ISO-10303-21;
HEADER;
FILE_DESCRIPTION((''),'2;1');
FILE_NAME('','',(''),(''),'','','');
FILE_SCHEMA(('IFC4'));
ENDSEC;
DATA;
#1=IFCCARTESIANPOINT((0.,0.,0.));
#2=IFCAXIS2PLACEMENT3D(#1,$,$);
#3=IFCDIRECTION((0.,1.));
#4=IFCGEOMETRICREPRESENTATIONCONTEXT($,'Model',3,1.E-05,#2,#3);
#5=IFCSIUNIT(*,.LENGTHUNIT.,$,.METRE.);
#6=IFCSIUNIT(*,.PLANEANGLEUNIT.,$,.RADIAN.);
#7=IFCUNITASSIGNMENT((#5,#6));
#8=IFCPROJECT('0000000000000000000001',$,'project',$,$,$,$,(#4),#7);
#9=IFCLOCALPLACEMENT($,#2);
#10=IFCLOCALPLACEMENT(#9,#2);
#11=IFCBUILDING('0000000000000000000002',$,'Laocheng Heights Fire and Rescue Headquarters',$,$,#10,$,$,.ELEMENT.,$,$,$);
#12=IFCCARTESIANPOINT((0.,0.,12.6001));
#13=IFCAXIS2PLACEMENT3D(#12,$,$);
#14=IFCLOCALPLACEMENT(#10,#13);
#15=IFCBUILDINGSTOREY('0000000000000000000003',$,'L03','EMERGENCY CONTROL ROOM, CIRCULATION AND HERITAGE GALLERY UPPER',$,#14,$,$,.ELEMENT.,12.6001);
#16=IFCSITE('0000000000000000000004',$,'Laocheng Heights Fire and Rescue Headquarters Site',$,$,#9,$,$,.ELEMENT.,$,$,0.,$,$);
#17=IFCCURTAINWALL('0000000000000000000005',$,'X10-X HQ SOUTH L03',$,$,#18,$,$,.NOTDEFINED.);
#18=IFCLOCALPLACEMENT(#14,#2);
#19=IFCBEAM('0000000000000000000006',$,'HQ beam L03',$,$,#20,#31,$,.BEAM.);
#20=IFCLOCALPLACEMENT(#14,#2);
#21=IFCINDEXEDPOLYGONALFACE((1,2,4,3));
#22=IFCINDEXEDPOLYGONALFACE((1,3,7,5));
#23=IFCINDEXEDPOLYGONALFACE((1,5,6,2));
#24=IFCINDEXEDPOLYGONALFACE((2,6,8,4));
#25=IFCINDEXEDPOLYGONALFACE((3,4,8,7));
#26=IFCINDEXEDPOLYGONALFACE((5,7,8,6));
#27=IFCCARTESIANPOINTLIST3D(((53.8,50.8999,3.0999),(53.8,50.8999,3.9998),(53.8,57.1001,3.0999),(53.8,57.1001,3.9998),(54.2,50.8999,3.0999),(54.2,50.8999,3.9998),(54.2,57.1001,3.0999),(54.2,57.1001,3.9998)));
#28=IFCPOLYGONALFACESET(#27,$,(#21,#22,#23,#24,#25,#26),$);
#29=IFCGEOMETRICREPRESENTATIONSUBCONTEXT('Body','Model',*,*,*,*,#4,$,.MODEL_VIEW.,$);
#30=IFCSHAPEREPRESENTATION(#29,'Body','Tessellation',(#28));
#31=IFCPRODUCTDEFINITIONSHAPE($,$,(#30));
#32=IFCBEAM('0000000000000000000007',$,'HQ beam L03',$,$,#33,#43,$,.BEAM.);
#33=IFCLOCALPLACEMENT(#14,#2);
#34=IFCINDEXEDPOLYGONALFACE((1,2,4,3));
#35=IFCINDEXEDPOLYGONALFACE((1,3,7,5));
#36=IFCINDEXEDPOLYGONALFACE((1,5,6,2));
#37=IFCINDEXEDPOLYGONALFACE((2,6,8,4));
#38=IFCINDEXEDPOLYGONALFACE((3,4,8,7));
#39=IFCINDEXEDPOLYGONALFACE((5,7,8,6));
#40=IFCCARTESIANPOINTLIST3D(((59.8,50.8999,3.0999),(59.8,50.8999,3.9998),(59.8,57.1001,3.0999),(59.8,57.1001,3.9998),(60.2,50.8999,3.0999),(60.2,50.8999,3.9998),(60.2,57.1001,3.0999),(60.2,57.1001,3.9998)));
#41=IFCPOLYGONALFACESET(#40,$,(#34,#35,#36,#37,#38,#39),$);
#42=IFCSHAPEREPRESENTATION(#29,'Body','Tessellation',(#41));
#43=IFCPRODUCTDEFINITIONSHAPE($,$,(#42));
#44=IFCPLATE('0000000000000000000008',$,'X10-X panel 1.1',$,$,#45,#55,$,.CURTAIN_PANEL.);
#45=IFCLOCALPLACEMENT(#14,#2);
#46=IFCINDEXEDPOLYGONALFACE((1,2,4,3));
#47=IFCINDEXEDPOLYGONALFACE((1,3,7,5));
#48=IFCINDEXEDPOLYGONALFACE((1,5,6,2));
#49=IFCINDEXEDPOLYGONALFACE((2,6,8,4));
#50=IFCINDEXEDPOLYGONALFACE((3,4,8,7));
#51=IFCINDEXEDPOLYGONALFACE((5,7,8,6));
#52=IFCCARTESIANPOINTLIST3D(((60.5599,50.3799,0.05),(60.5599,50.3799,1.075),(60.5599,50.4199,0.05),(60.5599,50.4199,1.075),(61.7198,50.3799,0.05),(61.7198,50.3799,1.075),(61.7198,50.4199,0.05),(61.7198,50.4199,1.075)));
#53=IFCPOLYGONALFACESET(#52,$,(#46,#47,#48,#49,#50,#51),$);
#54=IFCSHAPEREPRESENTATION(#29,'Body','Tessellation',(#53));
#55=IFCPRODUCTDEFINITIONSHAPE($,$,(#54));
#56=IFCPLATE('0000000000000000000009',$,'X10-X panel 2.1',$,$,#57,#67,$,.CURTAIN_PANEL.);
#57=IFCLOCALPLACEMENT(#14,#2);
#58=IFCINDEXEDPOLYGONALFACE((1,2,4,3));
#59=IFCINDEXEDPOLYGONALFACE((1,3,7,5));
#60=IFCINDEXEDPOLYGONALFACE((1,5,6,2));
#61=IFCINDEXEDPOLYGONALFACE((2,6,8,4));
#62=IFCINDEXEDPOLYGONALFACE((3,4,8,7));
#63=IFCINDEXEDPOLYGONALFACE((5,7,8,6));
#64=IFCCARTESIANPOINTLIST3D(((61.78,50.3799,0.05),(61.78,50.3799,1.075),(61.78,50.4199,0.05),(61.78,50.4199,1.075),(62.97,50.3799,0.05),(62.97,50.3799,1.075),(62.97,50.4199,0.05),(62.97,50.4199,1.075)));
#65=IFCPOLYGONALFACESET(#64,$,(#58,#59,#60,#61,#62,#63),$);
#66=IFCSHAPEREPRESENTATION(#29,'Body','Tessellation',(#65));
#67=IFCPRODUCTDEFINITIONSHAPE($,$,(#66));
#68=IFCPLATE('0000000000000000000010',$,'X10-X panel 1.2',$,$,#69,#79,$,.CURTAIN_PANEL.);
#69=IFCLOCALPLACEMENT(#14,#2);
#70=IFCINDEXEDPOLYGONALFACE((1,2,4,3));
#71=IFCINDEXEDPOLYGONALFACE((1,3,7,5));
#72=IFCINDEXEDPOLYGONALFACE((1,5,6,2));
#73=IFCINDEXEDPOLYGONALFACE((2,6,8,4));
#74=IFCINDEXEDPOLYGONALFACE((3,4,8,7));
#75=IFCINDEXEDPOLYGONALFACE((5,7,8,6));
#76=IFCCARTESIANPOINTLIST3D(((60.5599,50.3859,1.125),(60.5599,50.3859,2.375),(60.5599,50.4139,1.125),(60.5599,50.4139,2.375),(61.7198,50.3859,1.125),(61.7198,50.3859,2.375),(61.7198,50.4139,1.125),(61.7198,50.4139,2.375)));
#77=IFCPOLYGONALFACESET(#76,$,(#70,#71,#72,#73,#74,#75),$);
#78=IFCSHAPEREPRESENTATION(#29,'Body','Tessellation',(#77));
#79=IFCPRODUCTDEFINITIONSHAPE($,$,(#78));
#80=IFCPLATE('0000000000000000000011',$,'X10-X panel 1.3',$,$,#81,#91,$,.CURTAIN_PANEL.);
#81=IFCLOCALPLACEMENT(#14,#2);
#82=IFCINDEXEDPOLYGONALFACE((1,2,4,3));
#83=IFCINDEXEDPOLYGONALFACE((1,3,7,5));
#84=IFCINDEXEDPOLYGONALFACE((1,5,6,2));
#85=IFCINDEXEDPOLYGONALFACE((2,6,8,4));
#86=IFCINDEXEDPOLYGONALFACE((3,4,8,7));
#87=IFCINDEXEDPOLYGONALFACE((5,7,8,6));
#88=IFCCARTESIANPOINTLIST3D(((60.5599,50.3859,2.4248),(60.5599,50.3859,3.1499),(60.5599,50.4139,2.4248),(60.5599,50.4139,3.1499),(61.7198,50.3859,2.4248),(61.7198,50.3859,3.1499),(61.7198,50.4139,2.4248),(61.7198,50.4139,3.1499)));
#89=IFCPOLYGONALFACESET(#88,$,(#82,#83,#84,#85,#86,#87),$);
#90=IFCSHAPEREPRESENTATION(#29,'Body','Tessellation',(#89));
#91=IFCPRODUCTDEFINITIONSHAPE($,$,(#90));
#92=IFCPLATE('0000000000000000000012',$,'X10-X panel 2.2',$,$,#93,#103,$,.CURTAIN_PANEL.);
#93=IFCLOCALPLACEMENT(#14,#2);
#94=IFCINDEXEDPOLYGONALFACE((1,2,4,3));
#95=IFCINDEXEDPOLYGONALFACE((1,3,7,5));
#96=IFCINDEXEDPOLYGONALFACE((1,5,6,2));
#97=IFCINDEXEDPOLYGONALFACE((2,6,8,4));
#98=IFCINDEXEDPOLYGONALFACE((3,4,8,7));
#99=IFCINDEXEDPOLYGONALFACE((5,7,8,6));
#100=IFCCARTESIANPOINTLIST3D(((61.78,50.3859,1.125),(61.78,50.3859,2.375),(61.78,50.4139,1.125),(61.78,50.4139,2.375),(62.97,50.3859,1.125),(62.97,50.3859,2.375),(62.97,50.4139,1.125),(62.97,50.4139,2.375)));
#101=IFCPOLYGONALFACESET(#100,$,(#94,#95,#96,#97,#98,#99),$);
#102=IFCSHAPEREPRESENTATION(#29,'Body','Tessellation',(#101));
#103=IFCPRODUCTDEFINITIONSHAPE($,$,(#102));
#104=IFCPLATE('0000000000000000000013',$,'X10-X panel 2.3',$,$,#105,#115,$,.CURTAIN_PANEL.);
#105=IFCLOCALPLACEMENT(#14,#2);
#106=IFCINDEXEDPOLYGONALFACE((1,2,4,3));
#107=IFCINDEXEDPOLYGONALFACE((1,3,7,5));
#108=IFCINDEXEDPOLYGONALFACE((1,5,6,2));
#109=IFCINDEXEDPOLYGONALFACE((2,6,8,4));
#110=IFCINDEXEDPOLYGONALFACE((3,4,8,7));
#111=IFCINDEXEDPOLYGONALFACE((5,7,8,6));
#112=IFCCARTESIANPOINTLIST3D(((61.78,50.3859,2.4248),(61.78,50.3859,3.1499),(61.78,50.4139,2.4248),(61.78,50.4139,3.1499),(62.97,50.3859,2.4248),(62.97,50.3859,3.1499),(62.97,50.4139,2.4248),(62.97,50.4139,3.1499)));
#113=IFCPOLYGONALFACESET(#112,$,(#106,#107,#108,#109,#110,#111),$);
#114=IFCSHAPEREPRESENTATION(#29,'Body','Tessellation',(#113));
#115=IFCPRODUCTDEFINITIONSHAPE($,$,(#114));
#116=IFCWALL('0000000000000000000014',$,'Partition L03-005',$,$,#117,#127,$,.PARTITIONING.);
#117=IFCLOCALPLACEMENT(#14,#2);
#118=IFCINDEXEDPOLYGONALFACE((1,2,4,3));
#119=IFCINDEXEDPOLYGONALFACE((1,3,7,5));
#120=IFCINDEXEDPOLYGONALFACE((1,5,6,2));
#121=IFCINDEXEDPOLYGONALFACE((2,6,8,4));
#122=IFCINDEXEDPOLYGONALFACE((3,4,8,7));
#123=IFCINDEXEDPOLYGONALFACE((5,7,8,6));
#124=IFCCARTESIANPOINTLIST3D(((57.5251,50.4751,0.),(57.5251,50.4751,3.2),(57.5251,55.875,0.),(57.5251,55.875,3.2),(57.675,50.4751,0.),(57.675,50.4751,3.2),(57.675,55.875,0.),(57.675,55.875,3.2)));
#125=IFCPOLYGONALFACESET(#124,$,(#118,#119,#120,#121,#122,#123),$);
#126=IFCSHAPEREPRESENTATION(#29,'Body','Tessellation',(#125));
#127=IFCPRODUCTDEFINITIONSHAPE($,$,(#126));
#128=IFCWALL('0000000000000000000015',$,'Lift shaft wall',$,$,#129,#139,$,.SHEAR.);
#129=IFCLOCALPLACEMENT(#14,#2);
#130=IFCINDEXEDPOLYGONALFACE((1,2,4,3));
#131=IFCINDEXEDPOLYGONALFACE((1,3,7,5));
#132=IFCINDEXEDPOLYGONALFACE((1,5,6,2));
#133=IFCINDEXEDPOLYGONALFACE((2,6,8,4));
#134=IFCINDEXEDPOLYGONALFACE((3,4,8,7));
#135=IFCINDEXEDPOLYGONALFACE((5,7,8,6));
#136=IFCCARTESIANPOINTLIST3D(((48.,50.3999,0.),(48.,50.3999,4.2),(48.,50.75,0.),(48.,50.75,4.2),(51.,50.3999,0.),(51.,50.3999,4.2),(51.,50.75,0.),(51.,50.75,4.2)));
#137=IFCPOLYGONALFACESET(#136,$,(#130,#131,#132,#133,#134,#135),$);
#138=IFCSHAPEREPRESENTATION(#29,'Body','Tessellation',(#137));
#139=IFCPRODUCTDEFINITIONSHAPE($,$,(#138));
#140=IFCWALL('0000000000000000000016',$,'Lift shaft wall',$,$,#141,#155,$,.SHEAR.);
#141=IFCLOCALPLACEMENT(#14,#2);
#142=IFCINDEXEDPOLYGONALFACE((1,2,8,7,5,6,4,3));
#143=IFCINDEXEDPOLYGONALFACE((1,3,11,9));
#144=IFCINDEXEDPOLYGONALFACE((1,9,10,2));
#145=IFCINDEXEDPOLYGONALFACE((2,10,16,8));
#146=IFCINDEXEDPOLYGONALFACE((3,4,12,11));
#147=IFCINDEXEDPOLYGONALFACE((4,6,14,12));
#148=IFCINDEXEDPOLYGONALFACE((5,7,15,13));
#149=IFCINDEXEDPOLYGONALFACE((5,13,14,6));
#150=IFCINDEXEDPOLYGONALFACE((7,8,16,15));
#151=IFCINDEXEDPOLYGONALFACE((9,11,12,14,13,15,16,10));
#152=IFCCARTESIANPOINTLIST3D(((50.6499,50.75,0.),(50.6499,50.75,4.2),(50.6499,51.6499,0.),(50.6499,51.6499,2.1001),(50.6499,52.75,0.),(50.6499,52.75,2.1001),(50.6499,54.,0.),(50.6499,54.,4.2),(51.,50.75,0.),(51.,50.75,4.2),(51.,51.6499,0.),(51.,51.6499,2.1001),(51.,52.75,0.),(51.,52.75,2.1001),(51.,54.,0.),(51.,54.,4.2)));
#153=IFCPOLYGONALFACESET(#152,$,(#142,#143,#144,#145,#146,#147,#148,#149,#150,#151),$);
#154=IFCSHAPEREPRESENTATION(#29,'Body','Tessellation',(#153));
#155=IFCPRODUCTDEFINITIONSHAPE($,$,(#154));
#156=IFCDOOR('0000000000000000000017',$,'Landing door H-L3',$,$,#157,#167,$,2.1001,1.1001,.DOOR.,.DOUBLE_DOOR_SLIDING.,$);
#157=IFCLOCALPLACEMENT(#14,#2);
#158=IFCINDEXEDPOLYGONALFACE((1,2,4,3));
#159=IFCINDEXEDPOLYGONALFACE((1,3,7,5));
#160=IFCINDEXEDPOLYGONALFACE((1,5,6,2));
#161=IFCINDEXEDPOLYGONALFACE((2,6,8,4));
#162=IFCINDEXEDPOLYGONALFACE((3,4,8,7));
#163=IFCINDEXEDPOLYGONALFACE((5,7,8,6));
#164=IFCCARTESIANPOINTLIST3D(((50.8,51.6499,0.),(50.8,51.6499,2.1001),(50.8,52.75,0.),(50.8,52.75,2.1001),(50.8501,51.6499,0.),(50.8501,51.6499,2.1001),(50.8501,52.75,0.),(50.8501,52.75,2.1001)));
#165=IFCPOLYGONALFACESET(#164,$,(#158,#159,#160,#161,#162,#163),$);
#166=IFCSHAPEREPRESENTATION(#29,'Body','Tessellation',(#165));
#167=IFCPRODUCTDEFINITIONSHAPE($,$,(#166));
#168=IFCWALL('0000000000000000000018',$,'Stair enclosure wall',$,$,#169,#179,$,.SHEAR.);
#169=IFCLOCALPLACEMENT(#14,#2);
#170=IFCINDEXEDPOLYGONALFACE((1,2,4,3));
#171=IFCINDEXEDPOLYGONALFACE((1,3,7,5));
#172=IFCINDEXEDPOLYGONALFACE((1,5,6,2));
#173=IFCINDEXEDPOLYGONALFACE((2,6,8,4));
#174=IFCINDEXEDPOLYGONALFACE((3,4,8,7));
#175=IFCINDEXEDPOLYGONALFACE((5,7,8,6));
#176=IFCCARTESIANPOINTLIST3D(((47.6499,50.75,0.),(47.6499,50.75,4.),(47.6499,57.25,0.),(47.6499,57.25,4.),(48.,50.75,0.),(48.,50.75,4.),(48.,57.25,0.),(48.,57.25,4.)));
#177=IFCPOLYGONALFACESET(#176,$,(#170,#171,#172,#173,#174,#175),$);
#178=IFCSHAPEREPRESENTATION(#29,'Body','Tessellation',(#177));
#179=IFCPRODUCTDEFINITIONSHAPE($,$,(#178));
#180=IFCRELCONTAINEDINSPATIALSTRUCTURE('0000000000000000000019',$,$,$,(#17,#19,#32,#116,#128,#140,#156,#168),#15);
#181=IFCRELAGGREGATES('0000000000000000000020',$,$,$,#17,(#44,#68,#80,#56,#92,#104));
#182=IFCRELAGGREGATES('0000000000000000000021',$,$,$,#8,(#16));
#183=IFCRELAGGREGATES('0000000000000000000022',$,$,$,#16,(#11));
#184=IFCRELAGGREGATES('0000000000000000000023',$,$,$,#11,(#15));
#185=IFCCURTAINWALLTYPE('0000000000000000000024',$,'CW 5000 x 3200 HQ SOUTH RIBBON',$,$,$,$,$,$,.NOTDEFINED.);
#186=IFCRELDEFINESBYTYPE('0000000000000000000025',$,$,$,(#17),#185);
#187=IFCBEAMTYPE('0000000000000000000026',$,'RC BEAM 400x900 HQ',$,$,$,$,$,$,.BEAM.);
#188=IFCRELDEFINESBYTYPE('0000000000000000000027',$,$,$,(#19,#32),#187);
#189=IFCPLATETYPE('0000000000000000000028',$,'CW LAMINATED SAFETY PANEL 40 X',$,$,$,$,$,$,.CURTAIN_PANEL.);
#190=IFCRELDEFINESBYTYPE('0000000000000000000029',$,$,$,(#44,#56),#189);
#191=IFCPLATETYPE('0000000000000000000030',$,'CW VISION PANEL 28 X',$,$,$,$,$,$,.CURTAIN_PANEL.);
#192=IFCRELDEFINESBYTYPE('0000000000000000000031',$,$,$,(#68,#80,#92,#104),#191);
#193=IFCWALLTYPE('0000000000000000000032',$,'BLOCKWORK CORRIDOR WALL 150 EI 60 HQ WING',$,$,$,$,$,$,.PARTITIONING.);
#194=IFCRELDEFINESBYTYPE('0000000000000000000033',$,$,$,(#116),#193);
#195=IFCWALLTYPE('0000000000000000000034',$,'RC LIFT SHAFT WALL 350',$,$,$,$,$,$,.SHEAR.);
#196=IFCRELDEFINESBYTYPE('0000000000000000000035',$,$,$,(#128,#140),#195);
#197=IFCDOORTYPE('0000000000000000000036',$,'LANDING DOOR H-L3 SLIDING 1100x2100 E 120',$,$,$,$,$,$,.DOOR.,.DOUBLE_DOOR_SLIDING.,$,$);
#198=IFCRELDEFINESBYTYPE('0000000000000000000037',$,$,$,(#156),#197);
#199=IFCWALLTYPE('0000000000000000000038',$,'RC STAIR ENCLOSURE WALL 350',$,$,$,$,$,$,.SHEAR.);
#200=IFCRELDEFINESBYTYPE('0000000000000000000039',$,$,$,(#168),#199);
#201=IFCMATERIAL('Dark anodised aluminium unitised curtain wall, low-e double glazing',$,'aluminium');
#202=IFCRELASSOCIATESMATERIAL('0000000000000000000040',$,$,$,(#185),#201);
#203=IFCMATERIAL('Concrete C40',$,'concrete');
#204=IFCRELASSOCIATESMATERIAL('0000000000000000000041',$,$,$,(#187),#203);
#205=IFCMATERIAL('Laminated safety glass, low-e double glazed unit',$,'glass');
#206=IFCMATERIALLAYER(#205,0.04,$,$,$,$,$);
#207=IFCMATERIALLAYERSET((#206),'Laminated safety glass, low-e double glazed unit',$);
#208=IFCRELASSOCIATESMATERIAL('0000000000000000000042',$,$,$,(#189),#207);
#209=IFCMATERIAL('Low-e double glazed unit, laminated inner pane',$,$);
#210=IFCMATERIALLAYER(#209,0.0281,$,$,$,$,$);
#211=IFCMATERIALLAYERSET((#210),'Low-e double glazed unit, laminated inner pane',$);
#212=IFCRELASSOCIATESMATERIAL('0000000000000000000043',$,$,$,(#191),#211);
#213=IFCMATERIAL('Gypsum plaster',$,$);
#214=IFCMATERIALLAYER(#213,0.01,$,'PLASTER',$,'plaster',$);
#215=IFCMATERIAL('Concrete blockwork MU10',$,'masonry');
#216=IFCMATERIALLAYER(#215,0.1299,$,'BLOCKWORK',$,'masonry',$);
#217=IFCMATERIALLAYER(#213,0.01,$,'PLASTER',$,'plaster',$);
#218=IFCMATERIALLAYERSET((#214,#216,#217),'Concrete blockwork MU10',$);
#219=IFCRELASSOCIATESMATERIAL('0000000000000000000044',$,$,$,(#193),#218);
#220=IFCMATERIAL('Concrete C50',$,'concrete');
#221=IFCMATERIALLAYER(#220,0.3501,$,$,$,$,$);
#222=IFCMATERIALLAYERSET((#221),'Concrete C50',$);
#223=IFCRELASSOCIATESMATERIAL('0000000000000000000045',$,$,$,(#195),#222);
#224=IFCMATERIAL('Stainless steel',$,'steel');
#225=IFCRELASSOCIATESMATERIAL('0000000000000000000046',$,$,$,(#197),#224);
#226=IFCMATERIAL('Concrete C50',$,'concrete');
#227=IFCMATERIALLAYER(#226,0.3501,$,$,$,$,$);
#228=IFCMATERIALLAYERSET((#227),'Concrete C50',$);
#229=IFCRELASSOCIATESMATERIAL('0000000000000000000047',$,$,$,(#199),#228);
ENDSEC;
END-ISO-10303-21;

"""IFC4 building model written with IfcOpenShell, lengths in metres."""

from ifc_helpers import new_model, si_unit, direction, frame, frame_2d, origin, origin_2d, place, context, subcontext, project, spatial, rectangle, extrude, material, layer, layer_set, material_profile, profile_set, type_object, element, fill, aggregate, save


model = new_model("IFC4")

# Units and contexts
model_context = context("Model", 3, precision=1e-05, world=origin(), true_north=direction((0.0, 1.0)))
body_context = subcontext(model_context, "Body", "Model", "MODEL_VIEW")
ifc_project = project(units=[si_unit("LENGTHUNIT", "METRE"), si_unit("PLANEANGLEUNIT", "RADIAN")], contexts=[model_context])

# Site, building, storey
site_placement = place(None, origin())
site = spatial("IfcSite", under=ifc_project, at=site_placement, Name="Laocheng Heights Fire and Rescue Headquarters Site", CompositionType="ELEMENT", RefElevation=0.0)
building_placement = place(site_placement, origin())
building = spatial("IfcBuilding", under=site, at=building_placement, Name="Laocheng Heights Fire and Rescue Headquarters", CompositionType="ELEMENT")
storey_placement = place(building_placement, frame((0.0, 0.0, 12.6001)))
storey = spatial("IfcBuildingStorey", under=building, at=storey_placement, Name="L03", Description="EMERGENCY CONTROL ROOM, CIRCULATION AND HERITAGE GALLERY UPPER", CompositionType="ELEMENT", Elevation=12.6001)

# Curtain wall
ifc_material_1 = material(Name="Dark anodised aluminium unitised curtain wall, low-e double glazing", Category="aluminium")
curtain_wall_type = type_object("IfcCurtainWallType", Name="CW 5000 x 3200 HQ SOUTH RIBBON", PredefinedType="NOTDEFINED", material=ifc_material_1)
curtain_wall_placement = place(storey_placement, origin())
curtain_wall = element("IfcCurtainWall", 1, at=curtain_wall_placement, inside=storey, type_object=curtain_wall_type, Name="X10-X HQ SOUTH L03", PredefinedType="NOTDEFINED")

# Beams
ifc_material_2 = material(Name="Concrete C40", Category="concrete")
ifc_material_profile_1 = material_profile(ifc_material_2, rectangle(XDim=0.3999, YDim=0.8999, at=origin_2d()), Name="RC BEAM 400x900 HQ")
ifc_profile_set_1 = profile_set([ifc_material_profile_1], Name="Concrete C40")
beam_type_1 = type_object("IfcBeamType", Name="RC BEAM 400x900 HQ", PredefinedType="BEAM", material=ifc_profile_set_1)
for number, where, z_axis, x_axis, name in (
    (2, (54.0, 50.8999, 3.5498), (0.0, 1.0, 0.0), (-1.0, 0.0, 0.0), "HQ beam L03"),
    (3, (60.0, 50.8999, 3.5498), (0.0, 1.0, 0.0), (-1.0, 0.0, 0.0), "HQ beam L03"),
):
    element("IfcBeam", number, at=place(storey_placement, frame(where, z_axis=z_axis, x_axis=x_axis)), inside=storey, type_object=beam_type_1, Name=name, PredefinedType="BEAM", context=body_context, shape_type="SweptSolid", body=[
        extrude(rectangle(XDim=0.3999, YDim=0.8999, at=origin_2d()), origin(), (0.0, 0.0, 1.0), 6.2002),
    ])

# Plates
ifc_material_3 = material(Name="Laminated safety glass, low-e double glazed unit", Category="glass")
ifc_layer_1 = layer(ifc_material_3, 0.04)
ifc_layer_set_1 = layer_set([ifc_layer_1], Name="Laminated safety glass, low-e double glazed unit")
plate_type_1 = type_object("IfcPlateType", Name="CW LAMINATED SAFETY PANEL 40 X", PredefinedType="CURTAIN_PANEL", material=ifc_layer_set_1)
plate_1_placement = place(storey_placement, frame((61.1399, 50.3999, 0.05), z_axis=(0.0, 0.0, 1.0), x_axis=(1.0, 0.0, 0.0)))
plate_1 = element("IfcPlate", 4, at=plate_1_placement, type_object=plate_type_1, Name="X10-X panel 1.1", PredefinedType="CURTAIN_PANEL", context=body_context, shape_type="SweptSolid", body=[
    extrude(rectangle(XDim=1.1599, YDim=0.04, at=origin_2d()), origin(), (0.0, 0.0, 1.0), 1.0249),
])
plate_2_placement = place(storey_placement, frame((62.375, 50.3999, 0.05), z_axis=(0.0, 0.0, 1.0), x_axis=(1.0, 0.0, 0.0)))
plate_2 = element("IfcPlate", 5, at=plate_2_placement, type_object=plate_type_1, Name="X10-X panel 2.1", PredefinedType="CURTAIN_PANEL", context=body_context, shape_type="SweptSolid", body=[
    extrude(rectangle(XDim=1.1899, YDim=0.04, at=origin_2d()), origin(), (0.0, 0.0, 1.0), 1.0249),
])
ifc_material_4 = material(Name="Low-e double glazed unit, laminated inner pane")
ifc_layer_2 = layer(ifc_material_4, 0.0281)
ifc_layer_set_2 = layer_set([ifc_layer_2], Name="Low-e double glazed unit, laminated inner pane")
plate_type_2 = type_object("IfcPlateType", Name="CW VISION PANEL 28 X", PredefinedType="CURTAIN_PANEL", material=ifc_layer_set_2)
plate_3_placement = place(storey_placement, frame((61.1399, 50.3999, 1.125), z_axis=(0.0, 0.0, 1.0), x_axis=(1.0, 0.0, 0.0)))
plate_3 = element("IfcPlate", 6, at=plate_3_placement, type_object=plate_type_2, Name="X10-X panel 1.2", PredefinedType="CURTAIN_PANEL", context=body_context, shape_type="SweptSolid", body=[
    extrude(rectangle(XDim=1.1599, YDim=0.0281, at=origin_2d()), origin(), (0.0, 0.0, 1.0), 1.25),
])
plate_4_placement = place(storey_placement, frame((61.1399, 50.3999, 2.4248), z_axis=(0.0, 0.0, 1.0), x_axis=(1.0, 0.0, 0.0)))
plate_4 = element("IfcPlate", 7, at=plate_4_placement, type_object=plate_type_2, Name="X10-X panel 1.3", PredefinedType="CURTAIN_PANEL", context=body_context, shape_type="SweptSolid", body=[
    extrude(rectangle(XDim=1.1599, YDim=0.0281, at=origin_2d()), origin(), (0.0, 0.0, 1.0), 0.7251),
])
plate_5_placement = place(storey_placement, frame((62.375, 50.3999, 1.125), z_axis=(0.0, 0.0, 1.0), x_axis=(1.0, 0.0, 0.0)))
plate_5 = element("IfcPlate", 8, at=plate_5_placement, type_object=plate_type_2, Name="X10-X panel 2.2", PredefinedType="CURTAIN_PANEL", context=body_context, shape_type="SweptSolid", body=[
    extrude(rectangle(XDim=1.1899, YDim=0.0281, at=origin_2d()), origin(), (0.0, 0.0, 1.0), 1.25),
])
plate_6_placement = place(storey_placement, frame((62.375, 50.3999, 2.4248), z_axis=(0.0, 0.0, 1.0), x_axis=(1.0, 0.0, 0.0)))
plate_6 = element("IfcPlate", 9, at=plate_6_placement, type_object=plate_type_2, Name="X10-X panel 2.3", PredefinedType="CURTAIN_PANEL", context=body_context, shape_type="SweptSolid", body=[
    extrude(rectangle(XDim=1.1899, YDim=0.0281, at=origin_2d()), origin(), (0.0, 0.0, 1.0), 0.7251),
])
aggregate(curtain_wall, [plate_1, plate_3, plate_4, plate_2, plate_5, plate_6])

# Walls
ifc_material_5 = material(Name="Gypsum plaster")
ifc_layer_3 = layer(ifc_material_5, 0.01, Name="PLASTER", Category="plaster")
ifc_material_6 = material(Name="Concrete blockwork MU10", Category="masonry")
ifc_layer_4 = layer(ifc_material_6, 0.1299, Name="BLOCKWORK", Category="masonry")
ifc_layer_5 = layer(ifc_material_5, 0.01, Name="PLASTER", Category="plaster")
ifc_layer_set_3 = layer_set([ifc_layer_3, ifc_layer_4, ifc_layer_5], Name="Concrete blockwork MU10")
wall_type_1 = type_object("IfcWallType", Name="BLOCKWORK CORRIDOR WALL 150 EI 60 HQ WING", PredefinedType="PARTITIONING", material=ifc_layer_set_3)
wall_1_placement = place(storey_placement, frame((57.6001, 50.4751, 0.0), z_axis=(0.0, 0.0, 1.0), x_axis=(0.0, 1.0, 0.0)))
element("IfcWall", 10, at=wall_1_placement, inside=storey, type_object=wall_type_1, Name="Partition L03-005", PredefinedType="PARTITIONING", context=body_context, shape_type="SweptSolid", body=[
    extrude(rectangle(XDim=5.3999, YDim=0.1499, at=frame_2d((2.7, 0.0))), origin(), (0.0, 0.0, 1.0), 3.2),
])
ifc_material_7 = material(Name="Concrete C50", Category="concrete")
ifc_layer_6 = layer(ifc_material_7, 0.3501)
ifc_layer_set_4 = layer_set([ifc_layer_6], Name="Concrete C50")
wall_type_2 = type_object("IfcWallType", Name="RC LIFT SHAFT WALL 350", PredefinedType="SHEAR", material=ifc_layer_set_4)
wall_2_placement = place(storey_placement, frame((48.0, 50.575, 0.0), z_axis=(0.0, 0.0, 1.0), x_axis=(1.0, 0.0, 0.0)))
element("IfcWall", 11, at=wall_2_placement, inside=storey, type_object=wall_type_2, Name="Lift shaft wall", PredefinedType="SHEAR", context=body_context, shape_type="SweptSolid", body=[
    extrude(rectangle(XDim=3.0, YDim=0.3501, at=frame_2d((1.5, 0.0))), origin(), (0.0, 0.0, 1.0), 4.2),
])

# Wall, opening, door
wall_3_placement = place(storey_placement, frame((50.825, 50.75, 0.0), z_axis=(0.0, 0.0, 1.0), x_axis=(0.0, 1.0, 0.0)))
wall_3 = element("IfcWall", 12, at=wall_3_placement, inside=storey, type_object=wall_type_2, Name="Lift shaft wall", PredefinedType="SHEAR", context=body_context, shape_type="SweptSolid", body=[
    extrude(rectangle(XDim=3.25, YDim=0.3501, at=frame_2d((1.625, 0.0))), origin(), (0.0, 0.0, 1.0), 4.2),
])
opening_placement = place(wall_3_placement, frame((0.8999, 0.0, 0.0)))
opening = element("IfcOpeningElement", 13, at=opening_placement, cuts=wall_3, PredefinedType="OPENING", context=body_context, shape_type="SweptSolid", body=[
    extrude(rectangle(XDim=1.1001, YDim=2.1001, at=frame_2d((0.55, 1.05))), frame((0.0, 0.1851, 0.0), z_axis=(0.0, -1.0, 0.0), x_axis=(1.0, 0.0, 0.0)), (0.0, 0.0, 1.0), 0.3701),
])
ifc_material_8 = material(Name="Stainless steel", Category="steel")
door_type = type_object("IfcDoorType", Name="LANDING DOOR H-L3 SLIDING 1100x2100 E 120", OperationType="DOUBLE_DOOR_SLIDING", PredefinedType="DOOR", material=ifc_material_8)
door_placement = place(opening_placement, origin())
door = element("IfcDoor", 14, at=door_placement, inside=storey, type_object=door_type, Name="Landing door H-L3", OperationType="DOUBLE_DOOR_SLIDING", OverallHeight=2.1001, OverallWidth=1.1001, PredefinedType="DOOR", context=body_context, shape_type="SweptSolid", body=[
    extrude(rectangle(XDim=1.1001, YDim=2.1001, at=frame_2d((0.55, 1.05))), frame((0.0, 0.0249, 0.0), z_axis=(0.0, -1.0, 0.0), x_axis=(1.0, 0.0, 0.0)), (0.0, 0.0, 1.0), 0.05),
])
fill(opening, door)

# Wall
ifc_material_9 = material(Name="Concrete C50", Category="concrete")
ifc_layer_7 = layer(ifc_material_9, 0.3501)
ifc_layer_set_5 = layer_set([ifc_layer_7], Name="Concrete C50")
wall_type_3 = type_object("IfcWallType", Name="RC STAIR ENCLOSURE WALL 350", PredefinedType="SHEAR", material=ifc_layer_set_5)
wall_4_placement = place(storey_placement, frame((47.825, 50.75, 0.0), z_axis=(0.0, 0.0, 1.0), x_axis=(0.0, 1.0, 0.0)))
element("IfcWall", 15, at=wall_4_placement, inside=storey, type_object=wall_type_3, Name="Stair enclosure wall", PredefinedType="SHEAR", context=body_context, shape_type="SweptSolid", body=[
    extrude(rectangle(XDim=6.5, YDim=0.3501, at=frame_2d((3.25, 0.0))), origin(), (0.0, 0.0, 1.0), 4.0),
])

save(model, "model.ifc")
